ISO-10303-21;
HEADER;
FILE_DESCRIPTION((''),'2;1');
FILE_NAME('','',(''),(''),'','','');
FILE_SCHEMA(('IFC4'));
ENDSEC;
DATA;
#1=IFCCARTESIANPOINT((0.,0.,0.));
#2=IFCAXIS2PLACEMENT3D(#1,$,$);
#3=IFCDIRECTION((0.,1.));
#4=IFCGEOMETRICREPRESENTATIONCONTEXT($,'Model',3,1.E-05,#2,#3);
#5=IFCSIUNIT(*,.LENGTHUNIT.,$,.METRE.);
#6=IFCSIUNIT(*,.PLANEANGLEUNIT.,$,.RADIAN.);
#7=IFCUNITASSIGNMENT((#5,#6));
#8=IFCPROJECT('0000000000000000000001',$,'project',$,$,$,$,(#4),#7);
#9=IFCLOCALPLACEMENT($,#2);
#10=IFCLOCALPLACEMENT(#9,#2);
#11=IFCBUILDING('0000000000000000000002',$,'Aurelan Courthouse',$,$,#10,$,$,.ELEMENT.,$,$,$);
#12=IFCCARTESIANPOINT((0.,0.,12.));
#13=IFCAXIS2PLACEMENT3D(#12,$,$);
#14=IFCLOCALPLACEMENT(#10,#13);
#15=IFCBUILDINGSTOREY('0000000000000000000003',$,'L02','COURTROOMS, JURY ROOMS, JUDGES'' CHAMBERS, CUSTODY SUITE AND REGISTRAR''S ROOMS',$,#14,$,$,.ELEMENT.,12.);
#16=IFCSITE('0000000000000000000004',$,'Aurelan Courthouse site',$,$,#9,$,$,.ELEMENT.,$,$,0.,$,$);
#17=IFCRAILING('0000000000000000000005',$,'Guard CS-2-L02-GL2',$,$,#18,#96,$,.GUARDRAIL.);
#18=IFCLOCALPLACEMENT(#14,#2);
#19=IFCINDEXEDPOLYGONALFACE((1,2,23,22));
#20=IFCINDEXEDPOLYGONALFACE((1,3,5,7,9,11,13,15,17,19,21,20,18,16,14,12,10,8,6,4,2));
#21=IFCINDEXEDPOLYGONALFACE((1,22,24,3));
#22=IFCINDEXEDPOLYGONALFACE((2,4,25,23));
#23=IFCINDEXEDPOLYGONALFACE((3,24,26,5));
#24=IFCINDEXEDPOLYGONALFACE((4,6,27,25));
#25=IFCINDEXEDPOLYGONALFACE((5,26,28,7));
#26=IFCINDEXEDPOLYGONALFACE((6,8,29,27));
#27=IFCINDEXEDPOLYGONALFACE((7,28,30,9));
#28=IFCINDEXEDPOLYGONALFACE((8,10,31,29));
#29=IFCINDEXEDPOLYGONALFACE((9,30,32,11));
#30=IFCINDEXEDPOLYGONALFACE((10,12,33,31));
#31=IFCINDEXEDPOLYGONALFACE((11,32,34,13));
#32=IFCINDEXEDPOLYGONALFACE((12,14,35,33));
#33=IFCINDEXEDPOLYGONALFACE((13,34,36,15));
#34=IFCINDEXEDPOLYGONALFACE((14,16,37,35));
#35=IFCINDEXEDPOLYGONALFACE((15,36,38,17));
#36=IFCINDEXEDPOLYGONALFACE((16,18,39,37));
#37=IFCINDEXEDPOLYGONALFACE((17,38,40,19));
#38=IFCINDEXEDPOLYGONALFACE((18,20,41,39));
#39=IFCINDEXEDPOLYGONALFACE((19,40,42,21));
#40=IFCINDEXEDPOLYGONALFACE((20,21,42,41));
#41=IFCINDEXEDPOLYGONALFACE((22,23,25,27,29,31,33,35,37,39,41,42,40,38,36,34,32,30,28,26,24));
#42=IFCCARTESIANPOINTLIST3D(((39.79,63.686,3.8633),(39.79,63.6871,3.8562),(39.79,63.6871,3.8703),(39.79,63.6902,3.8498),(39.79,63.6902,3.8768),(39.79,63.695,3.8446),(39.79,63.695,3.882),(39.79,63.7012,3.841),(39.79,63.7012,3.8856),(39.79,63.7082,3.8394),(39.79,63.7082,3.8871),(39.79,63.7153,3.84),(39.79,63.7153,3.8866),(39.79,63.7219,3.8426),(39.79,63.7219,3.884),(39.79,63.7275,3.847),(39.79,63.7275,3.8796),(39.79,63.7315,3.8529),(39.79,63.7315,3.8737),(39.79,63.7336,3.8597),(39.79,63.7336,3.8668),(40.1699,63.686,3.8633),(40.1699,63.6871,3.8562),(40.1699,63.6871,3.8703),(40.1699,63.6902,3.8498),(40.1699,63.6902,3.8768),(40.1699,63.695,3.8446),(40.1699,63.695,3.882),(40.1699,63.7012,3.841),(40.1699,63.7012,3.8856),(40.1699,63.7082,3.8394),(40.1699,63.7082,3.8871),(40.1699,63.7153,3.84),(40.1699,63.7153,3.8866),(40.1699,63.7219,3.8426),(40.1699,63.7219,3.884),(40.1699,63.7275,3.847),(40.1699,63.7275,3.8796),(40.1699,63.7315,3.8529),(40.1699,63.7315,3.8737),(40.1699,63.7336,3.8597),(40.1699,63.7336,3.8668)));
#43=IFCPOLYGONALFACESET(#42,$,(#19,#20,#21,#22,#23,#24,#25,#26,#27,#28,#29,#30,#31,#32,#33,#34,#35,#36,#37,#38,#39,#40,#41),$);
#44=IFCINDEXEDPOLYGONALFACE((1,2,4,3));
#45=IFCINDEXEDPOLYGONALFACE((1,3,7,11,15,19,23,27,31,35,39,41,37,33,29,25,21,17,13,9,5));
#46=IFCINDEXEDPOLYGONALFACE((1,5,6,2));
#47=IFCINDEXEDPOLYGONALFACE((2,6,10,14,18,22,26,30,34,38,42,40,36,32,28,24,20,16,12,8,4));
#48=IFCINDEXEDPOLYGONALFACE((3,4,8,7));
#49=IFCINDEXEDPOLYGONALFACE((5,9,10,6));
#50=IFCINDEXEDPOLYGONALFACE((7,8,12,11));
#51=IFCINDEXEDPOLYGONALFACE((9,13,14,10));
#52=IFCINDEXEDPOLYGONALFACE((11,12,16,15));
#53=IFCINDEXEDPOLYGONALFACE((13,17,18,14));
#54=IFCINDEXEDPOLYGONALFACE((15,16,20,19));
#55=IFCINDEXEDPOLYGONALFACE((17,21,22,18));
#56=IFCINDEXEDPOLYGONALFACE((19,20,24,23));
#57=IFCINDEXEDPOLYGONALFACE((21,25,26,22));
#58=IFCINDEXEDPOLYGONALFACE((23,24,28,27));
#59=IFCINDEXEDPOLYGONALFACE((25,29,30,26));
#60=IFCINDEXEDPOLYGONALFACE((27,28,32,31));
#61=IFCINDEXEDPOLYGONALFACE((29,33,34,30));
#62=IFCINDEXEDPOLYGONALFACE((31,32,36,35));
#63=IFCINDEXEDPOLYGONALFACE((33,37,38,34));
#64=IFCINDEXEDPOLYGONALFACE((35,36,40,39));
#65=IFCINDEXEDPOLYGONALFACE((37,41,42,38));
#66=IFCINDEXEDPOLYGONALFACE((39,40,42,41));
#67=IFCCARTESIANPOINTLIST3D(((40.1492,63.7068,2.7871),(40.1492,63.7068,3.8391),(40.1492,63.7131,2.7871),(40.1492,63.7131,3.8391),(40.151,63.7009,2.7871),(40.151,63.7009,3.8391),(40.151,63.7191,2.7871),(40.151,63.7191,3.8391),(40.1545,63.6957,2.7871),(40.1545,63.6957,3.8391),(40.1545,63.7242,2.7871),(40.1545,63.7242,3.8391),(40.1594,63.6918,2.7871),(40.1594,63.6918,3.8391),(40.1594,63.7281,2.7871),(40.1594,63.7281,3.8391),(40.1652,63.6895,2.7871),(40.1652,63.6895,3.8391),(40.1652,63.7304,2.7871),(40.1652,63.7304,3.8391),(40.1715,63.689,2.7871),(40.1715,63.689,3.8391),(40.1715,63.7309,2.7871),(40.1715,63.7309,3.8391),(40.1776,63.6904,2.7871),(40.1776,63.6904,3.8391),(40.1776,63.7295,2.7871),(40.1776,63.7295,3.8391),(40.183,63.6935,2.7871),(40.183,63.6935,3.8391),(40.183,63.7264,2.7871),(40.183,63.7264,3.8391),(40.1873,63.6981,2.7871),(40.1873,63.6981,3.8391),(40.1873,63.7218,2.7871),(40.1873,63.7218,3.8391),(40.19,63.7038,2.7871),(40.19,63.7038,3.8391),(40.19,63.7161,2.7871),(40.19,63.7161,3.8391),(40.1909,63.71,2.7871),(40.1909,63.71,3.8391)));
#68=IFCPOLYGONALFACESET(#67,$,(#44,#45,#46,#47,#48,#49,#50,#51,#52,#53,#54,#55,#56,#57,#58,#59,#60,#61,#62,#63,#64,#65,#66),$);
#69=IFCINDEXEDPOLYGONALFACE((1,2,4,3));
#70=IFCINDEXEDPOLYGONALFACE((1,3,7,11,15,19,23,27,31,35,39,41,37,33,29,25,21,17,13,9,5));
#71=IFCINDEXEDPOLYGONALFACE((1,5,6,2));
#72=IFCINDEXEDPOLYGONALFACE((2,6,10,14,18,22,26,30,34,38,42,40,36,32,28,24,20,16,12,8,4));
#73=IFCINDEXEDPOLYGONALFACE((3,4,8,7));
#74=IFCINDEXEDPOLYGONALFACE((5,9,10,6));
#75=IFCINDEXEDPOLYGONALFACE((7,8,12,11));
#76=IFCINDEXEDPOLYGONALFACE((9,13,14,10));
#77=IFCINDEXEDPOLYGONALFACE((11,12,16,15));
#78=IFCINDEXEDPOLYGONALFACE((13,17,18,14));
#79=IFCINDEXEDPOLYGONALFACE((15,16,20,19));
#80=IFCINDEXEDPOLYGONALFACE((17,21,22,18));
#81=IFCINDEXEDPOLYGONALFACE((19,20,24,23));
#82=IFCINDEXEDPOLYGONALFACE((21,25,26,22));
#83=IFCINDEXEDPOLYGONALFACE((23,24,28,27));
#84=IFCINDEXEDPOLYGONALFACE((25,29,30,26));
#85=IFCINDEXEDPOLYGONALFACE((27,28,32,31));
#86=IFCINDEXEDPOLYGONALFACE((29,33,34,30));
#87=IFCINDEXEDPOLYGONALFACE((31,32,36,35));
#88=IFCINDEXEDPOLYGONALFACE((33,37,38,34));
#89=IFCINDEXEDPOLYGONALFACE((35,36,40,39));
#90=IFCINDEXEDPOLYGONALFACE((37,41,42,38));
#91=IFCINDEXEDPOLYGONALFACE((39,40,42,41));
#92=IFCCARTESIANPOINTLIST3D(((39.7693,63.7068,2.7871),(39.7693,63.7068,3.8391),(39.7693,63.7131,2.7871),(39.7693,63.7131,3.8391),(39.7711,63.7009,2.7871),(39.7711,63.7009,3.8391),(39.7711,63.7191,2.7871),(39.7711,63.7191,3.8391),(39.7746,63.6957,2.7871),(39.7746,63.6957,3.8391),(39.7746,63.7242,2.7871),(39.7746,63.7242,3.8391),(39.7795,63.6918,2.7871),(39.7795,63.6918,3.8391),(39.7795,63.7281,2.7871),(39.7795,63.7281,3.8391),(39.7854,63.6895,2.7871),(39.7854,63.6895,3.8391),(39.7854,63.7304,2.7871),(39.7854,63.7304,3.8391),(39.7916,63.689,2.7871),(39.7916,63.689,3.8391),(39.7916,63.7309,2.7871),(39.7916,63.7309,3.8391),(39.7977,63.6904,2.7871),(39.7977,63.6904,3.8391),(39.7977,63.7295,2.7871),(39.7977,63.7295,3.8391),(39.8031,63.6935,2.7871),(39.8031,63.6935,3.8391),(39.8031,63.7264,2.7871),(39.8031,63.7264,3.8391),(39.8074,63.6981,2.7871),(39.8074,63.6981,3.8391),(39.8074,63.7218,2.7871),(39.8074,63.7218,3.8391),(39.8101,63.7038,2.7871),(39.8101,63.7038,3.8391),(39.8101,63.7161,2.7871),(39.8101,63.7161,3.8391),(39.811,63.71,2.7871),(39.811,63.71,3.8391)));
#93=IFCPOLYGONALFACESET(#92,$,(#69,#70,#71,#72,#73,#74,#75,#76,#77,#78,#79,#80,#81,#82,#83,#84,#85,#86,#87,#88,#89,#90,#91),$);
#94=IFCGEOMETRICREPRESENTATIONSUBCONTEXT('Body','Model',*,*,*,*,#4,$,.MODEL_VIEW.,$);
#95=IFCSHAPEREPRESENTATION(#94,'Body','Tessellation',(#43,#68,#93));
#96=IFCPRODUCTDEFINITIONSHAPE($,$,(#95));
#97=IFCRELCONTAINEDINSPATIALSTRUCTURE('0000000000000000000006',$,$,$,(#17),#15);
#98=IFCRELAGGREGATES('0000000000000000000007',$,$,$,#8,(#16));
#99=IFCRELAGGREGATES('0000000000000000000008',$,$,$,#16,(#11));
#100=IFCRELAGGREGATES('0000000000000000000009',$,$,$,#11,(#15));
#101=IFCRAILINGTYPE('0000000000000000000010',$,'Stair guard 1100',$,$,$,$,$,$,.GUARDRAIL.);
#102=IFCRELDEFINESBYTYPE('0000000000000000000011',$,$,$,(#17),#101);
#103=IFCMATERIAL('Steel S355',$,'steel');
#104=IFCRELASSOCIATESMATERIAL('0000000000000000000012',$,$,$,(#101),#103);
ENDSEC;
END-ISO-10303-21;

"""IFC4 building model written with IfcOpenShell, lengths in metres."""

from ifc_helpers import new_model, si_unit, direction, frame, origin, origin_2d, place, context, subcontext, project, spatial, circle, extrude, material, type_object, element, save


model = new_model("IFC4")

# Units and contexts
model_context = context("Model", 3, precision=1e-05, world=origin(), true_north=direction((0.0, 1.0)))
body_context = subcontext(model_context, "Body", "Model", "MODEL_VIEW")
ifc_project = project(units=[si_unit("LENGTHUNIT", "METRE"), si_unit("PLANEANGLEUNIT", "RADIAN")], contexts=[model_context])

# Site, building, storey
site_placement = place(None, origin())
site = spatial("IfcSite", under=ifc_project, at=site_placement, Name="Aurelan Courthouse site", CompositionType="ELEMENT", RefElevation=0.0)
building_placement = place(site_placement, origin())
building = spatial("IfcBuilding", under=site, at=building_placement, Name="Aurelan Courthouse", CompositionType="ELEMENT")
storey_placement = place(building_placement, frame((0.0, 0.0, 12.0)))
storey = spatial("IfcBuildingStorey", under=building, at=storey_placement, Name="L02", Description="COURTROOMS, JURY ROOMS, JUDGES' CHAMBERS, CUSTODY SUITE AND REGISTRAR'S ROOMS", CompositionType="ELEMENT", Elevation=12.0)

# Railing
ifc_material_1 = material(Name="Steel S355", Category="steel")
railing_type_1 = type_object("IfcRailingType", Name="Stair guard 1100", PredefinedType="GUARDRAIL", material=ifc_material_1)
railing_1_placement = place(storey_placement, frame((40.1699, 63.71, 2.7871)))
element("IfcRailing", 1, at=railing_1_placement, inside=storey, type_object=railing_type_1, Name="Guard CS-2-L02-GL2", PredefinedType="GUARDRAIL", context=body_context, shape_type="SweptSolid", body=[
    extrude(circle(Radius=0.0239, at=origin_2d()), frame((0.0, 0.0, 1.0762), z_axis=(-1.0, 0.0, 0.0), x_axis=(0.0, -1.0, 0.0)), (0.0, 0.0, 1.0), 0.3799),
    extrude(circle(Radius=0.021, at=origin_2d()), origin(), (0.0, 0.0, 1.0), 1.052),
    extrude(circle(Radius=0.021, at=origin_2d()), frame((-0.3799, 0.0, 0.0)), (0.0, 0.0, 1.0), 1.052),
])

save(model, "model.ifc")
